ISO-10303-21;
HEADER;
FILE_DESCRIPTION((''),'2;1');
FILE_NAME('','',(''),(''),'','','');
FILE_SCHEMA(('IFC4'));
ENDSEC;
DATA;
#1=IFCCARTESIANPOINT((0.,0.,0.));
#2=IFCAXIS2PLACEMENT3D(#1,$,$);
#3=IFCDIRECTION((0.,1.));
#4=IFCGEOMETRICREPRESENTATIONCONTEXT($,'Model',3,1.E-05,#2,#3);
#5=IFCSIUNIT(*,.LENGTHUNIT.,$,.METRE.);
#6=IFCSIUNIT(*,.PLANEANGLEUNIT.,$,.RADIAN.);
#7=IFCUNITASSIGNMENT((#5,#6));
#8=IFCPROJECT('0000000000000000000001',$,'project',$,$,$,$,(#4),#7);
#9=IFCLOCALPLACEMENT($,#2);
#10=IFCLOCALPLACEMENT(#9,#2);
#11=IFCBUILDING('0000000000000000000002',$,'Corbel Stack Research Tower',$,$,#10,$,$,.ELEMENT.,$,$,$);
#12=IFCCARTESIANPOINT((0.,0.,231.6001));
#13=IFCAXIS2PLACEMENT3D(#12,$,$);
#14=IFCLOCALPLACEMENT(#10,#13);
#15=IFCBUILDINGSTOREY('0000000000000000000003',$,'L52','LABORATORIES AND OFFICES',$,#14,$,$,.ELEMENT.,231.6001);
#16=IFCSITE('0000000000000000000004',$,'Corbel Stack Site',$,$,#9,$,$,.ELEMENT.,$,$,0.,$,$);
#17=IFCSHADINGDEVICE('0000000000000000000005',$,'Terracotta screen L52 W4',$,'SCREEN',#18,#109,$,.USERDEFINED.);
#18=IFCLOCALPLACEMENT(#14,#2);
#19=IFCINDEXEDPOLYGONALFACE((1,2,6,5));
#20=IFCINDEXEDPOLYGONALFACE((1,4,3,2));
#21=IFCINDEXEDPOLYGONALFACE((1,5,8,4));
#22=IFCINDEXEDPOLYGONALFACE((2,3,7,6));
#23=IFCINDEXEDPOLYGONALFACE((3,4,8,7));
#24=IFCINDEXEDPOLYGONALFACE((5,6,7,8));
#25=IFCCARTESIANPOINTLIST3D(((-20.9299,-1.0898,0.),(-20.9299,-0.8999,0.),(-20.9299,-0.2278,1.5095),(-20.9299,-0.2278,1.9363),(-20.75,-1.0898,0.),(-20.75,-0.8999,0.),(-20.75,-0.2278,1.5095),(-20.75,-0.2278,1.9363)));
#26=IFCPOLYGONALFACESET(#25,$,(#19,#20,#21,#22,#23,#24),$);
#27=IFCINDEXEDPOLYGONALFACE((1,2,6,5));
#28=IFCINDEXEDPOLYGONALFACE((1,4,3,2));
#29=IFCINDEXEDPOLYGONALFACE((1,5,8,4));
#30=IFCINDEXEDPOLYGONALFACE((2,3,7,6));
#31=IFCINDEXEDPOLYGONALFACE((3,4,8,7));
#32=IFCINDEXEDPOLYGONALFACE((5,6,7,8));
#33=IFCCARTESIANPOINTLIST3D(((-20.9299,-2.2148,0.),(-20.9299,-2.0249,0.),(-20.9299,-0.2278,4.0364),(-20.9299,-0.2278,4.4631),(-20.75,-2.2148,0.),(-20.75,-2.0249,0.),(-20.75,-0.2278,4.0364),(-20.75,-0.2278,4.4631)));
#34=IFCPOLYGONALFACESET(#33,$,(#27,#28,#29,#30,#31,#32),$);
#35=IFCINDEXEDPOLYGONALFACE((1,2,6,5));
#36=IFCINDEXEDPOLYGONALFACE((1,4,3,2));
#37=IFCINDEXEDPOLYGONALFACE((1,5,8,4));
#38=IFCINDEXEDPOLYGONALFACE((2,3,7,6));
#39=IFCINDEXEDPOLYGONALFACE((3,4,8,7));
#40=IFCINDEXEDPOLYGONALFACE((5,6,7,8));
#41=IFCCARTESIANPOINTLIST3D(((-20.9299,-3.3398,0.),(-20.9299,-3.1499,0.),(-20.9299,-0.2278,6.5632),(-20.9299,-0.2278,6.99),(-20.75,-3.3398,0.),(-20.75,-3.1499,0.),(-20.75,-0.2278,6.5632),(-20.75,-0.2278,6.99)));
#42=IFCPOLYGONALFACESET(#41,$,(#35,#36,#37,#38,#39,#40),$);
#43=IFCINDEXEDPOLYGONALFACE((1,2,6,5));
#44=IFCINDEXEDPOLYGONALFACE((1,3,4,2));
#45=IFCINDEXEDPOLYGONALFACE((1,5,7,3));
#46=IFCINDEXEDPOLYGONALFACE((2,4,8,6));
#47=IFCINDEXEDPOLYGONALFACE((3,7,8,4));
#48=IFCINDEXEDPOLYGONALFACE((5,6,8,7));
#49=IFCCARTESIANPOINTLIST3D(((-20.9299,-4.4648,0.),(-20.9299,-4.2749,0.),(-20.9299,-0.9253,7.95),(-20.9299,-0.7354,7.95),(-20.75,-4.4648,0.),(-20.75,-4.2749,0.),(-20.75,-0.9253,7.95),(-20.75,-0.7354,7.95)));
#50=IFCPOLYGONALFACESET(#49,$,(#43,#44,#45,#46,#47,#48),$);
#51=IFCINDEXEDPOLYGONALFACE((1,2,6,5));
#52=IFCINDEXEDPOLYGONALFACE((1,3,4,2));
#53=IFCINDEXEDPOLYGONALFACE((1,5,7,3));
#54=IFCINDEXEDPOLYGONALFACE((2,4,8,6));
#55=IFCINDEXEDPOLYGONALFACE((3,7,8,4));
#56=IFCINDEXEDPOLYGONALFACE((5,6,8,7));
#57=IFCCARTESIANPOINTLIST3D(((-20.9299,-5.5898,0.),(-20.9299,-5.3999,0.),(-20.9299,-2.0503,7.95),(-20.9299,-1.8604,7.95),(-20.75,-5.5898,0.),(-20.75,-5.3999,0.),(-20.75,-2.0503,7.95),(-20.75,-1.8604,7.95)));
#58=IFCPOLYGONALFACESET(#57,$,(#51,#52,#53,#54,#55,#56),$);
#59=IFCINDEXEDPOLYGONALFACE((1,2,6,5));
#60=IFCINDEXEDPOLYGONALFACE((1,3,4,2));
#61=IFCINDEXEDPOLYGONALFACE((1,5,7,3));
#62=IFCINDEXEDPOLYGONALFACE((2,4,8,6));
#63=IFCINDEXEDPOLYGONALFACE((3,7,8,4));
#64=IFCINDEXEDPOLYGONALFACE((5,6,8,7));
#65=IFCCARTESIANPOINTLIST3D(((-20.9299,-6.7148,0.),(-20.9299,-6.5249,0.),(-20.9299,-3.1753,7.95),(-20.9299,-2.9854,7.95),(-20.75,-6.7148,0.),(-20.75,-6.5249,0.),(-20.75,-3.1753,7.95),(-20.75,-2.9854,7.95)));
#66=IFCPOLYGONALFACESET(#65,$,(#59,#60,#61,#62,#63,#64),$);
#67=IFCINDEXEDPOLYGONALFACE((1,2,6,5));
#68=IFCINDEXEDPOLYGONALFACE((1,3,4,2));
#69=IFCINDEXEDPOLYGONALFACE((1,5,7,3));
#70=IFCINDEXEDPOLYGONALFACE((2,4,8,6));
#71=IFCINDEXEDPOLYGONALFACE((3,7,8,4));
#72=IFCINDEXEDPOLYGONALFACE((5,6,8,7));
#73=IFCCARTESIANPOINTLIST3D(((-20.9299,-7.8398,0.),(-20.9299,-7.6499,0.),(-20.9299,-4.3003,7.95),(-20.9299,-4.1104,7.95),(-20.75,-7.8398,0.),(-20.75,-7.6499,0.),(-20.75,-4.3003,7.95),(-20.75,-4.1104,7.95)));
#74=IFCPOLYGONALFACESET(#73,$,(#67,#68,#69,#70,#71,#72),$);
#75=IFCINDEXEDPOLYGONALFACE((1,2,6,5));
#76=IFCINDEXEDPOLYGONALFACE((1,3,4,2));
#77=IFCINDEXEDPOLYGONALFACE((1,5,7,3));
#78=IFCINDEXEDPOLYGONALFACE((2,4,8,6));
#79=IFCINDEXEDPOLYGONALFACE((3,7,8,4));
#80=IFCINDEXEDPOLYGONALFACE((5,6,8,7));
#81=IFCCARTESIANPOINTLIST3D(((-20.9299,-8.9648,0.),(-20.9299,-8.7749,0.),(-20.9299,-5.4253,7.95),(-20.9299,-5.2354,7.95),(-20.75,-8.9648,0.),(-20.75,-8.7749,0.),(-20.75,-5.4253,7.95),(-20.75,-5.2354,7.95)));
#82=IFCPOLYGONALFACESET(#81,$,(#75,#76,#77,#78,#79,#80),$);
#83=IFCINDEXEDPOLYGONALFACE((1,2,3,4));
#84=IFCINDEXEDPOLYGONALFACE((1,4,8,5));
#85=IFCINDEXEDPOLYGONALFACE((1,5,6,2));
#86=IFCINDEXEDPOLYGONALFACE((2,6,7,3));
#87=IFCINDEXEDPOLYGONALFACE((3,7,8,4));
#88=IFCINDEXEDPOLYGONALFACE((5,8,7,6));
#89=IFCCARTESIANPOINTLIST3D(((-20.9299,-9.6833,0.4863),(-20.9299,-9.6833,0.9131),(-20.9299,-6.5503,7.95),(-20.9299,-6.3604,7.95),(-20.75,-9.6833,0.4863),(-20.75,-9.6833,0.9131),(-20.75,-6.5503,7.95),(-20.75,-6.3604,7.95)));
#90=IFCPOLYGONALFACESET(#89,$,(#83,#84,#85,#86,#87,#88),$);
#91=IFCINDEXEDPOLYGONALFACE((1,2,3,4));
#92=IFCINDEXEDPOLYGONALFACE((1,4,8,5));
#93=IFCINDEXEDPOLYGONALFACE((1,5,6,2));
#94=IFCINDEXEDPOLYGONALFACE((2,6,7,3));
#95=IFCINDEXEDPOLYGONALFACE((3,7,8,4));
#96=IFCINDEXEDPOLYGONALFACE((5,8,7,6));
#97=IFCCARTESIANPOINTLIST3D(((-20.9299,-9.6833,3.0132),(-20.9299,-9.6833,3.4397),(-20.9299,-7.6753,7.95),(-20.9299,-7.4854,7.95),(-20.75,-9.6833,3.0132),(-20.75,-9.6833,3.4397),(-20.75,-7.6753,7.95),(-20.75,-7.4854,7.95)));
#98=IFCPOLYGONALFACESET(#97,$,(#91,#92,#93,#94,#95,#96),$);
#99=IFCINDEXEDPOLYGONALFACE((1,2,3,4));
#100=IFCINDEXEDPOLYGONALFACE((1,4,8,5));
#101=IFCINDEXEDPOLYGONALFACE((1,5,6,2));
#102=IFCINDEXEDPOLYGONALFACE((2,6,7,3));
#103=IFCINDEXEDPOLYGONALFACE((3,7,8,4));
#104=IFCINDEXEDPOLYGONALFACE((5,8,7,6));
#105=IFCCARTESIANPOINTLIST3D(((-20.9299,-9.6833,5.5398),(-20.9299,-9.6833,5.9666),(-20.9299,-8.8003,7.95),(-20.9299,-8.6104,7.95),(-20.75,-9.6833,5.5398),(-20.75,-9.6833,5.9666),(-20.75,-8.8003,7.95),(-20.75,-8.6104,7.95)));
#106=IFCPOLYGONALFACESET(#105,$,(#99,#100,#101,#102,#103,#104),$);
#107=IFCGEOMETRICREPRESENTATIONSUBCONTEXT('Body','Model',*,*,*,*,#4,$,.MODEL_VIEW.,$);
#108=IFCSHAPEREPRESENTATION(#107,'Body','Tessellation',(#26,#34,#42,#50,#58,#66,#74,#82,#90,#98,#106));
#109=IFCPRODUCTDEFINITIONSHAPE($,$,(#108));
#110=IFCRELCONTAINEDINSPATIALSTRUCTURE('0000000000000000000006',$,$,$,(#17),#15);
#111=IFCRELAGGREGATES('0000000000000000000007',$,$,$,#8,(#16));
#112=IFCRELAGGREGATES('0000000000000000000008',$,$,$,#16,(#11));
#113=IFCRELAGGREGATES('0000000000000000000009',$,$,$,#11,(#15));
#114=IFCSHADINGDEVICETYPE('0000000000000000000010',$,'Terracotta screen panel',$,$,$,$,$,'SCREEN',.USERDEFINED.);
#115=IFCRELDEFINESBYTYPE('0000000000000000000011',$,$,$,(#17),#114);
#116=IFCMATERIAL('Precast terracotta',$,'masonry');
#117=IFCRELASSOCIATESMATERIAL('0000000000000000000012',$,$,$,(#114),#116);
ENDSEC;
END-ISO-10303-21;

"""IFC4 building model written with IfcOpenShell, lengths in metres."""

from ifc_helpers import new_model, si_unit, direction, frame, origin, place, context, subcontext, project, spatial, polyline, outline, extrude, source, transform, mapped, material, type_object, element, save


model = new_model("IFC4")

# Units and contexts
model_context = context("Model", 3, precision=1e-05, world=origin(), true_north=direction((0.0, 1.0)))
body_context = subcontext(model_context, "Body", "Model", "MODEL_VIEW")
ifc_project = project(units=[si_unit("LENGTHUNIT", "METRE"), si_unit("PLANEANGLEUNIT", "RADIAN")], contexts=[model_context])

# Site, building, storey
site_placement = place(None, origin())
site = spatial("IfcSite", under=ifc_project, at=site_placement, Name="Corbel Stack Site", CompositionType="ELEMENT", RefElevation=0.0)
building_placement = place(site_placement, origin())
building = spatial("IfcBuilding", under=site, at=building_placement, Name="Corbel Stack Research Tower", CompositionType="ELEMENT")
storey_placement = place(building_placement, frame((0.0, 0.0, 231.6001)))
storey = spatial("IfcBuildingStorey", under=building, at=storey_placement, Name="L52", Description="LABORATORIES AND OFFICES", CompositionType="ELEMENT", Elevation=231.6001)

# Shading device
ifc_material_1 = material(Name="Precast terracotta", Category="masonry")
shading_device_type = type_object("IfcShadingDeviceType", Name="Terracotta screen panel", ElementType="SCREEN", PredefinedType="USERDEFINED", material=ifc_material_1)
shared_shape = source(origin(), body_context, "Body", "SweptSolid", [
    extrude(outline(polyline([(0.8621, 0.0), (0.0, 1.9363), (0.0, 1.5095), (0.6721, 0.0), (0.8621, 0.0)])), frame((0.0, 0.0, 0.0), z_axis=(0.0, -1.0, 0.0), x_axis=(1.0, 0.0, 0.0)), (0.0, 0.0, 1.0), 0.1799),
    extrude(outline(polyline([(1.9871, 0.0), (0.0, 4.4631), (0.0, 4.0364), (1.7971, 0.0), (1.9871, 0.0)])), frame((0.0, 0.0, 0.0), z_axis=(0.0, -1.0, 0.0), x_axis=(1.0, 0.0, 0.0)), (0.0, 0.0, 1.0), 0.1799),
    extrude(outline(polyline([(3.1121, 0.0), (0.0, 6.99), (0.0, 6.5632), (2.9221, 0.0), (3.1121, 0.0)])), frame((0.0, 0.0, 0.0), z_axis=(0.0, -1.0, 0.0), x_axis=(1.0, 0.0, 0.0)), (0.0, 0.0, 1.0), 0.1799),
    extrude(outline(polyline([(4.2371, 0.0), (0.6975, 7.95), (0.5076, 7.95), (4.0471, 0.0), (4.2371, 0.0)])), frame((0.0, 0.0, 0.0), z_axis=(0.0, -1.0, 0.0), x_axis=(1.0, 0.0, 0.0)), (0.0, 0.0, 1.0), 0.1799),
    extrude(outline(polyline([(5.3621, 0.0), (1.8225, 7.95), (1.6326, 7.95), (5.1721, 0.0), (5.3621, 0.0)])), frame((0.0, 0.0, 0.0), z_axis=(0.0, -1.0, 0.0), x_axis=(1.0, 0.0, 0.0)), (0.0, 0.0, 1.0), 0.1799),
    extrude(outline(polyline([(6.4871, 0.0), (2.9475, 7.95), (2.7576, 7.95), (6.2971, 0.0), (6.4871, 0.0)])), frame((0.0, 0.0, 0.0), z_axis=(0.0, -1.0, 0.0), x_axis=(1.0, 0.0, 0.0)), (0.0, 0.0, 1.0), 0.1799),
    extrude(outline(polyline([(7.6121, 0.0), (4.0725, 7.95), (3.8826, 7.95), (7.4221, 0.0), (7.6121, 0.0)])), frame((0.0, 0.0, 0.0), z_axis=(0.0, -1.0, 0.0), x_axis=(1.0, 0.0, 0.0)), (0.0, 0.0, 1.0), 0.1799),
    extrude(outline(polyline([(8.7371, 0.0), (5.1975, 7.95), (5.0076, 7.95), (8.5471, 0.0), (8.7371, 0.0)])), frame((0.0, 0.0, 0.0), z_axis=(0.0, -1.0, 0.0), x_axis=(1.0, 0.0, 0.0)), (0.0, 0.0, 1.0), 0.1799),
    extrude(outline(polyline([(6.3225, 7.95), (6.1326, 7.95), (9.4556, 0.4863), (9.4556, 0.9131), (6.3225, 7.95)])), frame((0.0, 0.0, 0.0), z_axis=(0.0, -1.0, 0.0), x_axis=(1.0, 0.0, 0.0)), (0.0, 0.0, 1.0), 0.1799),
    extrude(outline(polyline([(7.4475, 7.95), (7.2576, 7.95), (9.4556, 3.0132), (9.4556, 3.4397), (7.4475, 7.95)])), frame((0.0, 0.0, 0.0), z_axis=(0.0, -1.0, 0.0), x_axis=(1.0, 0.0, 0.0)), (0.0, 0.0, 1.0), 0.1799),
    extrude(outline(polyline([(8.5725, 7.95), (8.3826, 7.95), (9.4556, 5.5398), (9.4556, 5.9666), (8.5725, 7.95)])), frame((0.0, 0.0, 0.0), z_axis=(0.0, -1.0, 0.0), x_axis=(1.0, 0.0, 0.0)), (0.0, 0.0, 1.0), 0.1799),
])
shading_device_placement = place(storey_placement, frame((-20.75, -0.2278, 0.0), z_axis=(0.0, 0.0, 1.0), x_axis=(0.0, -1.0, 0.0)))
element("IfcShadingDevice", 1, at=shading_device_placement, inside=storey, type_object=shading_device_type, Name="Terracotta screen L52 W4", ObjectType="SCREEN", PredefinedType="USERDEFINED", context=body_context, shape_type="MappedRepresentation", body=[
    mapped(shared_shape, transform((0.0, 0.0, 0.0))),
])

save(model, "model.ifc")
